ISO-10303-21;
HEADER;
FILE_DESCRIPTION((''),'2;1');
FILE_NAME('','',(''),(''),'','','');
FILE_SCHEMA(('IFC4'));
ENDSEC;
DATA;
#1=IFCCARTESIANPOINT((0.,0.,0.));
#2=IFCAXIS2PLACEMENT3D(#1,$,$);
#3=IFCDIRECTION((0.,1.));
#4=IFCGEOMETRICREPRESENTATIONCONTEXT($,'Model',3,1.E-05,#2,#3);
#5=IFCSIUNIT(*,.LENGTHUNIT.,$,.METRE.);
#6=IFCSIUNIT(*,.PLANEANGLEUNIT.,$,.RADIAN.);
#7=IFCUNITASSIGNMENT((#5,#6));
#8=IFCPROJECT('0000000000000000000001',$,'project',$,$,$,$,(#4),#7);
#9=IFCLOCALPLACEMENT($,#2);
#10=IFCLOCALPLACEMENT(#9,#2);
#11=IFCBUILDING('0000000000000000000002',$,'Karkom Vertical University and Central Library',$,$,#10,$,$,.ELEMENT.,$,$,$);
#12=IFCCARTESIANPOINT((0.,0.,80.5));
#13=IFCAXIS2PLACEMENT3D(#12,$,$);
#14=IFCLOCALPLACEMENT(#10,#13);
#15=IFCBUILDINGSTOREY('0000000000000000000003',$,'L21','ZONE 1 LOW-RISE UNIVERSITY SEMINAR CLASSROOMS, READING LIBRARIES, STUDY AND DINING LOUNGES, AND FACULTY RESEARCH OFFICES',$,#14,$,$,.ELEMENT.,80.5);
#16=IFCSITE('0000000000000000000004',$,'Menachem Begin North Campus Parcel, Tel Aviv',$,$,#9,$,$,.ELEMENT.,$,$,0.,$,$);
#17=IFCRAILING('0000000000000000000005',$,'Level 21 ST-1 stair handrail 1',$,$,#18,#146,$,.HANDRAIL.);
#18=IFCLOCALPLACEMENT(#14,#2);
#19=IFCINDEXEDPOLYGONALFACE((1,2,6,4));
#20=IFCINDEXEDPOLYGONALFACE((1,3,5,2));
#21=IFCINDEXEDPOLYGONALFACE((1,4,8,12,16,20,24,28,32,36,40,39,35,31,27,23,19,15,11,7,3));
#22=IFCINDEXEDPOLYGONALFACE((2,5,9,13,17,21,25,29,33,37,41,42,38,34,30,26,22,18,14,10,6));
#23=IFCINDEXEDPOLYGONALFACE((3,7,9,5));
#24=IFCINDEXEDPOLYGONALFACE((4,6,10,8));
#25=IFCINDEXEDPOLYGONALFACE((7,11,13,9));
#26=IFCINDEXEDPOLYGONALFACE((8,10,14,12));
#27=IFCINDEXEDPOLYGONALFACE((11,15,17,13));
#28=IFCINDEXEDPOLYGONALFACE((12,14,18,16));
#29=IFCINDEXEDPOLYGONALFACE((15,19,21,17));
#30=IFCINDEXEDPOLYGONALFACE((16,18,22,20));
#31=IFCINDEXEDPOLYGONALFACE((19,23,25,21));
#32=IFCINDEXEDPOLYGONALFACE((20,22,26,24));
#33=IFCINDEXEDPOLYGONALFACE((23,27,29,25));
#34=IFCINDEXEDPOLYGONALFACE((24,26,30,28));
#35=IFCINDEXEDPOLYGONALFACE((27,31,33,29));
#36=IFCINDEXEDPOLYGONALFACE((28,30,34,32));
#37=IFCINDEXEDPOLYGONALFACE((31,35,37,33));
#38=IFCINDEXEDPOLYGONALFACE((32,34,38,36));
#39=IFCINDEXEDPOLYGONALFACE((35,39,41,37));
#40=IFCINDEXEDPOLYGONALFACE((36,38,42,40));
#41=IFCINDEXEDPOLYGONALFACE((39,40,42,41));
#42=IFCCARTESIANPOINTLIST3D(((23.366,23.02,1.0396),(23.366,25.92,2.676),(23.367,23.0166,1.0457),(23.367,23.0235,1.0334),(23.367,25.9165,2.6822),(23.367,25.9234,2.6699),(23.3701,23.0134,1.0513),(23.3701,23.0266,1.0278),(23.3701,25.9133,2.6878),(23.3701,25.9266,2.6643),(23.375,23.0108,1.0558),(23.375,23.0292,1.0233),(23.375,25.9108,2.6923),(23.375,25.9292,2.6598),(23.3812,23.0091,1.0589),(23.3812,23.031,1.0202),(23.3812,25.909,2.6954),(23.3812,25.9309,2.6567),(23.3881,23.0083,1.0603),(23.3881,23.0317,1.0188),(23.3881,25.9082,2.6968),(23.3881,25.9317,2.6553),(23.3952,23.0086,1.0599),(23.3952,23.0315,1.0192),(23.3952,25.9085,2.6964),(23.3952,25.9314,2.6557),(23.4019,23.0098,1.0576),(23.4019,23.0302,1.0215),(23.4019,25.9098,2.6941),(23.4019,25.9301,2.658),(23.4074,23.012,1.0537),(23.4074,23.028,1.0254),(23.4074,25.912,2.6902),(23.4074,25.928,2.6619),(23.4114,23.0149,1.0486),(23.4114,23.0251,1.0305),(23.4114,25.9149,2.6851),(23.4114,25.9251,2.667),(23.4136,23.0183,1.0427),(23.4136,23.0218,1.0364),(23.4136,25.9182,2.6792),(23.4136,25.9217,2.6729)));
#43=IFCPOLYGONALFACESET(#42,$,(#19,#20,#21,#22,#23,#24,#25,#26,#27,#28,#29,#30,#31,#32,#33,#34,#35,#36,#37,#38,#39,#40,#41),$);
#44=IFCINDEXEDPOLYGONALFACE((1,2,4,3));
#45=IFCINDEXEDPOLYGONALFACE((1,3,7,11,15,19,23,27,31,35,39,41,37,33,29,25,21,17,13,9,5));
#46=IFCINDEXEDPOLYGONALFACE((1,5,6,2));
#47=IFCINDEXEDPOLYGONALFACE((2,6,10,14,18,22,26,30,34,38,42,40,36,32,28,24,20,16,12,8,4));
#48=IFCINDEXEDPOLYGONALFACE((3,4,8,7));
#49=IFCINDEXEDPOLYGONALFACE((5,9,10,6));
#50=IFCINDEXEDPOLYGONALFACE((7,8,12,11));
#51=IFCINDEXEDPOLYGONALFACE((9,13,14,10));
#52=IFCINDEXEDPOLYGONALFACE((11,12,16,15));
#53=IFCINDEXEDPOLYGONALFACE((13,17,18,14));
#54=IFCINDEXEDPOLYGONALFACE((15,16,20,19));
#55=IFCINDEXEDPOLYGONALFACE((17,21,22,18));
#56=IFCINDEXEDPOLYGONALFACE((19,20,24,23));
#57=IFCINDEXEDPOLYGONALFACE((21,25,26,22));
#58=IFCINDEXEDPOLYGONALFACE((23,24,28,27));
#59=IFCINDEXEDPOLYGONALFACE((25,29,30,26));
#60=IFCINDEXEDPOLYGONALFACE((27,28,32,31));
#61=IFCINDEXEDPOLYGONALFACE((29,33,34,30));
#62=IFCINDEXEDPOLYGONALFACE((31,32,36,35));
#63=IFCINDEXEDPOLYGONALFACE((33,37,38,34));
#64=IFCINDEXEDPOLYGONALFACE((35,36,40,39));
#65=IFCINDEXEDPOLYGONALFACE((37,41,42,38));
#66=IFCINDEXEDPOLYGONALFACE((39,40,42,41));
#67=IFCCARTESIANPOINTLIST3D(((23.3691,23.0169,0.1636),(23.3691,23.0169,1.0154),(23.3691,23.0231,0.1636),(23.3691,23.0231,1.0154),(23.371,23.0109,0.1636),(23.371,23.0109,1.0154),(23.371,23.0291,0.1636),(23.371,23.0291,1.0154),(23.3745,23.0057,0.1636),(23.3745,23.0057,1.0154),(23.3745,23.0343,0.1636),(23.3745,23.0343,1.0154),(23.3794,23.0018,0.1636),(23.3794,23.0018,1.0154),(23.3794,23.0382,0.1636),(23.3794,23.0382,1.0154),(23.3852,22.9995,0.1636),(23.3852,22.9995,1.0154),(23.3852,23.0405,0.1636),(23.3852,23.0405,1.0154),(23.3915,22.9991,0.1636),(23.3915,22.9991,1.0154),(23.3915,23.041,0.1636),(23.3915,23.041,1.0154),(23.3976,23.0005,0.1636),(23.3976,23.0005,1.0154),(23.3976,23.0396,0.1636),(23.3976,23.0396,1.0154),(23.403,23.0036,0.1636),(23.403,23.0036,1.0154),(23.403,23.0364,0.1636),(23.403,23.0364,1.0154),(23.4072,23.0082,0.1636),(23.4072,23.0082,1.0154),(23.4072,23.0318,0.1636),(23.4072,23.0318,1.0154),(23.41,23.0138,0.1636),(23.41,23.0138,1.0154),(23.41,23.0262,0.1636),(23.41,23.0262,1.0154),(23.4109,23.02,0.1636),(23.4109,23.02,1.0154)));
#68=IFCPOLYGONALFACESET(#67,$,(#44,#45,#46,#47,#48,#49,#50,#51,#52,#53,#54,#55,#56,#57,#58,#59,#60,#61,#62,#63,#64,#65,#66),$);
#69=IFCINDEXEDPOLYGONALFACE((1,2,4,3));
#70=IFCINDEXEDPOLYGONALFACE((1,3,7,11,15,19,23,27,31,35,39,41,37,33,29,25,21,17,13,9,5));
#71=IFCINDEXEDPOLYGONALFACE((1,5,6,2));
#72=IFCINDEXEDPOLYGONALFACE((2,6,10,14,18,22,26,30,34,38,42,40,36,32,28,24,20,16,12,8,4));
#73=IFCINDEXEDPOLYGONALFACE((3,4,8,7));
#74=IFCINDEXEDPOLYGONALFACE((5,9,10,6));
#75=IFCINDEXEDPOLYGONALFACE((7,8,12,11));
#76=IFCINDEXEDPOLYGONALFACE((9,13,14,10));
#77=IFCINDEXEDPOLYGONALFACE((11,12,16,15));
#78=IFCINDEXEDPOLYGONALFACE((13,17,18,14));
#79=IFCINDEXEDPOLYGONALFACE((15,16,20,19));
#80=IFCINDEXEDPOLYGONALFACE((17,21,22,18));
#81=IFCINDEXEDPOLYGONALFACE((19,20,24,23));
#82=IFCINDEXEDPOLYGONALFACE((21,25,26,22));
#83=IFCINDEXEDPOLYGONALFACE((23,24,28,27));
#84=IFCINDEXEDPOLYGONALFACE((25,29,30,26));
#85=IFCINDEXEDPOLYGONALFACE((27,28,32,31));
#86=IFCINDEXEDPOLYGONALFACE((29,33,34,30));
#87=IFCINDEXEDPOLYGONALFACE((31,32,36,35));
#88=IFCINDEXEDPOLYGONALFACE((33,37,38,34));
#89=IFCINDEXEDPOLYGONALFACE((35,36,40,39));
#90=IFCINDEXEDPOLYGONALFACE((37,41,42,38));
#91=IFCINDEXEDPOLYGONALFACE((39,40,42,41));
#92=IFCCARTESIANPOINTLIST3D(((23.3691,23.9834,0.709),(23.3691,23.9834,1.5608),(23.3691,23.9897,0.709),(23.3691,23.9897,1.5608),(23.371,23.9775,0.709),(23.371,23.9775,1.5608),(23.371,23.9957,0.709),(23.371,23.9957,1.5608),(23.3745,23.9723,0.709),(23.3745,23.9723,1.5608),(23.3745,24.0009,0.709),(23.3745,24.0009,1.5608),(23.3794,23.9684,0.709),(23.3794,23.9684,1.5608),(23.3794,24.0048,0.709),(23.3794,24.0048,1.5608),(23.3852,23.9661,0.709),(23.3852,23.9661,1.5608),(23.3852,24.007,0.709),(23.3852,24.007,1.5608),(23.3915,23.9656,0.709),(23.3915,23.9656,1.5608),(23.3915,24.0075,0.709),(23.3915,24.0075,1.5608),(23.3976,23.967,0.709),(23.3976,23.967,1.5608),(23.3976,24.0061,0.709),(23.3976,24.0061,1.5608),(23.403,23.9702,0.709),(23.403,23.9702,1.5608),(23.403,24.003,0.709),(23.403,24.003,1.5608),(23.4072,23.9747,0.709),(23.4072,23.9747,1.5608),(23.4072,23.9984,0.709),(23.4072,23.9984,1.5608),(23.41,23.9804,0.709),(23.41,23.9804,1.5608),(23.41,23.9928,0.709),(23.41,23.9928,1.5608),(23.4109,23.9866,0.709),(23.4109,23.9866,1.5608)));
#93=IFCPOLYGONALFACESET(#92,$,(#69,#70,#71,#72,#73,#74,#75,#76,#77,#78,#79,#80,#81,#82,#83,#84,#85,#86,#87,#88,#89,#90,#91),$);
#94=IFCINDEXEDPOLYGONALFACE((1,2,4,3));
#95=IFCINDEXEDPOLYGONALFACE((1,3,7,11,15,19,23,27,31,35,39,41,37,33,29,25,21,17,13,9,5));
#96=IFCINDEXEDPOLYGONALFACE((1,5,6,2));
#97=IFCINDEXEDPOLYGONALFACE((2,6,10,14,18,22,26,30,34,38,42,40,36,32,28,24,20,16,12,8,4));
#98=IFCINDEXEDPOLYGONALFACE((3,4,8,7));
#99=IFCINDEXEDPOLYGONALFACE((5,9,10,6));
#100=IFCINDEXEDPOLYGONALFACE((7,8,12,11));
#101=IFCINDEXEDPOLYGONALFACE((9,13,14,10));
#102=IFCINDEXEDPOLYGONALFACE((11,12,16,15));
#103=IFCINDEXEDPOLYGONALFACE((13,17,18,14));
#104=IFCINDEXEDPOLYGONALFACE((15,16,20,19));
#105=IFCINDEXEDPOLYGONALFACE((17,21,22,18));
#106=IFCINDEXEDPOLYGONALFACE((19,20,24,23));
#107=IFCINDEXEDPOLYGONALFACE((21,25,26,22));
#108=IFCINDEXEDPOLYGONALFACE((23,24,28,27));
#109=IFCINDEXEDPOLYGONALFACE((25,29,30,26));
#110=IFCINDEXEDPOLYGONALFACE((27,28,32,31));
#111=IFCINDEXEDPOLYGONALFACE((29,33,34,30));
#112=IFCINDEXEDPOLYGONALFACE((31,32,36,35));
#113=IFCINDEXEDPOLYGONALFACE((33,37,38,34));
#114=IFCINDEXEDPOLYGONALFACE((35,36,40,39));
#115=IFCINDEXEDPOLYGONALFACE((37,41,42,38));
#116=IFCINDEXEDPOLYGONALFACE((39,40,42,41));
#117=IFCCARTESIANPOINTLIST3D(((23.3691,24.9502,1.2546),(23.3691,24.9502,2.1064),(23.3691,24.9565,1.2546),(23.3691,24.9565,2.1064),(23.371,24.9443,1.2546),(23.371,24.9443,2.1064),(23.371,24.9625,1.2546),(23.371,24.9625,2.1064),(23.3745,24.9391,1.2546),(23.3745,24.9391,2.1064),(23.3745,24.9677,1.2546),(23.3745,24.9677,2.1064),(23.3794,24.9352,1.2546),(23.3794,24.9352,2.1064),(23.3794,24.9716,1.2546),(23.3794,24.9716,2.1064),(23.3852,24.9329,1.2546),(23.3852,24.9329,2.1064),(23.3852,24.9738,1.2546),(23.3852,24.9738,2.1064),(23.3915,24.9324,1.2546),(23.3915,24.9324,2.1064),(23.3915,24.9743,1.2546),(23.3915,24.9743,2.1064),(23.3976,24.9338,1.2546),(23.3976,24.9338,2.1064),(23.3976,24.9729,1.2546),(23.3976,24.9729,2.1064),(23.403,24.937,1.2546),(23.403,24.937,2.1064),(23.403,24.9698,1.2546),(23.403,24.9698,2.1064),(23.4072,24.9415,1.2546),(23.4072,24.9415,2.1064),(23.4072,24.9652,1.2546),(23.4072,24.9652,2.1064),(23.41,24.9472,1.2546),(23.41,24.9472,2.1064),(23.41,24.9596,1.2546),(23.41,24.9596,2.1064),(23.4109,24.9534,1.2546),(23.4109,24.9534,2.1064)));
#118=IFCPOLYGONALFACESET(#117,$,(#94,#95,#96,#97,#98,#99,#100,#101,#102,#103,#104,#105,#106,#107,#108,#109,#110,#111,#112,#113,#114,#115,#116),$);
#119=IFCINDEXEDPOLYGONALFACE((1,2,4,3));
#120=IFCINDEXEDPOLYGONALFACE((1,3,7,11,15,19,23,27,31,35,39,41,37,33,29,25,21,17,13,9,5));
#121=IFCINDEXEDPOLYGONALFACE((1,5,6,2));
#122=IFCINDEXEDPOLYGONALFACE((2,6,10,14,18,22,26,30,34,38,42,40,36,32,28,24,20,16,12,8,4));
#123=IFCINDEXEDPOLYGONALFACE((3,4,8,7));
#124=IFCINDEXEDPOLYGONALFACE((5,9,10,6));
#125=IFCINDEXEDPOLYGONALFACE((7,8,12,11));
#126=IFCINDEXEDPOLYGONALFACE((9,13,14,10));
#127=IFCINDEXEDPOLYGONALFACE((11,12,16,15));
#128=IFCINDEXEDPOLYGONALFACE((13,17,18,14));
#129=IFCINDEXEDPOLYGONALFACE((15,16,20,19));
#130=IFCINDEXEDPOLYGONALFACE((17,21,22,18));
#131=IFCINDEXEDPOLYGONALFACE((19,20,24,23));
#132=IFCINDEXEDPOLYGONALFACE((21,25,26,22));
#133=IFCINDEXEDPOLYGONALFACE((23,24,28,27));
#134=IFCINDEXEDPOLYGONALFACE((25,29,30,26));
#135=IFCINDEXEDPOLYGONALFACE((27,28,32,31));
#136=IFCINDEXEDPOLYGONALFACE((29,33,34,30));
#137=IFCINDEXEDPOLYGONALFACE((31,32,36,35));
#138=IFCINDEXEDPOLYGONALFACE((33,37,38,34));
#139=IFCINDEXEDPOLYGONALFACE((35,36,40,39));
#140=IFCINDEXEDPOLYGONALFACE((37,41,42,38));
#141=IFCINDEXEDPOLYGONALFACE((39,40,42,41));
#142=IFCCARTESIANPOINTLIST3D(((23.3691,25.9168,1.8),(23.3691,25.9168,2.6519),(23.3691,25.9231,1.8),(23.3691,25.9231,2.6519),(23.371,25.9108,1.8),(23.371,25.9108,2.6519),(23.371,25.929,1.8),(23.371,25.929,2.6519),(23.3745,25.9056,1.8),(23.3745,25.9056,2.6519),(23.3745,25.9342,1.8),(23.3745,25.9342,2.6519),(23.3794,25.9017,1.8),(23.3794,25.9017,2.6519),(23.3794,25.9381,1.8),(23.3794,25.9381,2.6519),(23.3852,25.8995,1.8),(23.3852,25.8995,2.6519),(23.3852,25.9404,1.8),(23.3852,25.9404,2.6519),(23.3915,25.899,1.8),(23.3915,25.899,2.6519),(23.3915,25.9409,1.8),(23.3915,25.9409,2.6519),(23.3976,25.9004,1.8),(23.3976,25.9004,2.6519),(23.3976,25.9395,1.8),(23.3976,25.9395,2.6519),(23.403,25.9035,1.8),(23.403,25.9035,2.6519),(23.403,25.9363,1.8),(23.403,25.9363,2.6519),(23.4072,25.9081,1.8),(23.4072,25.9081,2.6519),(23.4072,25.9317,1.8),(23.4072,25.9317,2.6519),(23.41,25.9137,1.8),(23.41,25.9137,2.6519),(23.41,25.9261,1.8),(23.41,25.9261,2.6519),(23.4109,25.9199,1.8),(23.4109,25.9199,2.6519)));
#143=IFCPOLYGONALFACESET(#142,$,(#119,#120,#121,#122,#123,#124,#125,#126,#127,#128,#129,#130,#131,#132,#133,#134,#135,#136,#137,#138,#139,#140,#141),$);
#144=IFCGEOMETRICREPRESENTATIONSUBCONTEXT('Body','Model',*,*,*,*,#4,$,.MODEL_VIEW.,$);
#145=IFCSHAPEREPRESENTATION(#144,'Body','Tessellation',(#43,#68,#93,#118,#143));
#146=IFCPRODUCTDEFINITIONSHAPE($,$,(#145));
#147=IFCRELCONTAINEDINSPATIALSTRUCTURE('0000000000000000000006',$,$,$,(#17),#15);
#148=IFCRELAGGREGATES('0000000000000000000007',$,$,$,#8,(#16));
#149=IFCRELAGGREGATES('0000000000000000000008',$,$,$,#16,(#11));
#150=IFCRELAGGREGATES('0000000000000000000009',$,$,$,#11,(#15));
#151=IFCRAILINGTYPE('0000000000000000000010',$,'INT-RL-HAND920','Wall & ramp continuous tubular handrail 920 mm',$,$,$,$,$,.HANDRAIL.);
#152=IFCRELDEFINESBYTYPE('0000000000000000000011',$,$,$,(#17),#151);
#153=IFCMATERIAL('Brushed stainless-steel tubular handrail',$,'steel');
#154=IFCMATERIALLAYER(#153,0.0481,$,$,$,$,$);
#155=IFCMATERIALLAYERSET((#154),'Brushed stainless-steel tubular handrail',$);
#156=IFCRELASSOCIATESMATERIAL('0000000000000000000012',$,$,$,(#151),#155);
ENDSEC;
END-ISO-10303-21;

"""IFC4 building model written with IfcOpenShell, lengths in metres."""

from ifc_helpers import new_model, si_unit, direction, frame, origin, origin_2d, place, context, subcontext, project, spatial, circle, extrude, material, layer, layer_set, type_object, element, save


model = new_model("IFC4")

# Units and contexts
model_context = context("Model", 3, precision=1e-05, world=origin(), true_north=direction((0.0, 1.0)))
body_context = subcontext(model_context, "Body", "Model", "MODEL_VIEW")
ifc_project = project(units=[si_unit("LENGTHUNIT", "METRE"), si_unit("PLANEANGLEUNIT", "RADIAN")], contexts=[model_context])

# Site, building, storey
site_placement = place(None, origin())
site = spatial("IfcSite", under=ifc_project, at=site_placement, Name="Menachem Begin North Campus Parcel, Tel Aviv", CompositionType="ELEMENT", RefElevation=0.0)
building_placement = place(site_placement, origin())
building = spatial("IfcBuilding", under=site, at=building_placement, Name="Karkom Vertical University and Central Library", CompositionType="ELEMENT")
storey_placement = place(building_placement, frame((0.0, 0.0, 80.5)))
storey = spatial("IfcBuildingStorey", under=building, at=storey_placement, Name="L21", Description="ZONE 1 LOW-RISE UNIVERSITY SEMINAR CLASSROOMS, READING LIBRARIES, STUDY AND DINING LOUNGES, AND FACULTY RESEARCH OFFICES", CompositionType="ELEMENT", Elevation=80.5)

# Railing
ifc_material_1 = material(Name="Brushed stainless-steel tubular handrail", Category="steel")
ifc_layer_1 = layer(ifc_material_1, 0.0481)
ifc_layer_set_1 = layer_set([ifc_layer_1], Name="Brushed stainless-steel tubular handrail")
railing_type_1 = type_object("IfcRailingType", Name="INT-RL-HAND920", Description="Wall & ramp continuous tubular handrail 920 mm", PredefinedType="HANDRAIL", material=ifc_layer_set_1)
railing_1_placement = place(storey_placement, frame((23.3899, 23.02, 0.1636)))
element("IfcRailing", 1, at=railing_1_placement, inside=storey, type_object=railing_type_1, Name="Level 21 ST-1 stair handrail 1", PredefinedType="HANDRAIL", context=body_context, shape_type="SweptSolid", body=[
    extrude(circle(Radius=0.0239, at=origin_2d()), frame((0.0, 0.0, 0.876), z_axis=(0.0, 0.870897, 0.491465), x_axis=(-1.0, 0.0, 0.0)), (0.0, 0.0, 1.0), 3.3298),
    extrude(circle(Radius=0.021, at=origin_2d()), origin(), (0.0, 0.0, 1.0), 0.8518),
    extrude(circle(Radius=0.021, at=origin_2d()), frame((0.0, 0.9666, 0.5454)), (0.0, 0.0, 1.0), 0.8518),
    extrude(circle(Radius=0.021, at=origin_2d()), frame((0.0, 1.9333, 1.0911)), (0.0, 0.0, 1.0), 0.8518),
    extrude(circle(Radius=0.021, at=origin_2d()), frame((0.0, 2.8999, 1.6365)), (0.0, 0.0, 1.0), 0.8518),
])

save(model, "model.ifc")
